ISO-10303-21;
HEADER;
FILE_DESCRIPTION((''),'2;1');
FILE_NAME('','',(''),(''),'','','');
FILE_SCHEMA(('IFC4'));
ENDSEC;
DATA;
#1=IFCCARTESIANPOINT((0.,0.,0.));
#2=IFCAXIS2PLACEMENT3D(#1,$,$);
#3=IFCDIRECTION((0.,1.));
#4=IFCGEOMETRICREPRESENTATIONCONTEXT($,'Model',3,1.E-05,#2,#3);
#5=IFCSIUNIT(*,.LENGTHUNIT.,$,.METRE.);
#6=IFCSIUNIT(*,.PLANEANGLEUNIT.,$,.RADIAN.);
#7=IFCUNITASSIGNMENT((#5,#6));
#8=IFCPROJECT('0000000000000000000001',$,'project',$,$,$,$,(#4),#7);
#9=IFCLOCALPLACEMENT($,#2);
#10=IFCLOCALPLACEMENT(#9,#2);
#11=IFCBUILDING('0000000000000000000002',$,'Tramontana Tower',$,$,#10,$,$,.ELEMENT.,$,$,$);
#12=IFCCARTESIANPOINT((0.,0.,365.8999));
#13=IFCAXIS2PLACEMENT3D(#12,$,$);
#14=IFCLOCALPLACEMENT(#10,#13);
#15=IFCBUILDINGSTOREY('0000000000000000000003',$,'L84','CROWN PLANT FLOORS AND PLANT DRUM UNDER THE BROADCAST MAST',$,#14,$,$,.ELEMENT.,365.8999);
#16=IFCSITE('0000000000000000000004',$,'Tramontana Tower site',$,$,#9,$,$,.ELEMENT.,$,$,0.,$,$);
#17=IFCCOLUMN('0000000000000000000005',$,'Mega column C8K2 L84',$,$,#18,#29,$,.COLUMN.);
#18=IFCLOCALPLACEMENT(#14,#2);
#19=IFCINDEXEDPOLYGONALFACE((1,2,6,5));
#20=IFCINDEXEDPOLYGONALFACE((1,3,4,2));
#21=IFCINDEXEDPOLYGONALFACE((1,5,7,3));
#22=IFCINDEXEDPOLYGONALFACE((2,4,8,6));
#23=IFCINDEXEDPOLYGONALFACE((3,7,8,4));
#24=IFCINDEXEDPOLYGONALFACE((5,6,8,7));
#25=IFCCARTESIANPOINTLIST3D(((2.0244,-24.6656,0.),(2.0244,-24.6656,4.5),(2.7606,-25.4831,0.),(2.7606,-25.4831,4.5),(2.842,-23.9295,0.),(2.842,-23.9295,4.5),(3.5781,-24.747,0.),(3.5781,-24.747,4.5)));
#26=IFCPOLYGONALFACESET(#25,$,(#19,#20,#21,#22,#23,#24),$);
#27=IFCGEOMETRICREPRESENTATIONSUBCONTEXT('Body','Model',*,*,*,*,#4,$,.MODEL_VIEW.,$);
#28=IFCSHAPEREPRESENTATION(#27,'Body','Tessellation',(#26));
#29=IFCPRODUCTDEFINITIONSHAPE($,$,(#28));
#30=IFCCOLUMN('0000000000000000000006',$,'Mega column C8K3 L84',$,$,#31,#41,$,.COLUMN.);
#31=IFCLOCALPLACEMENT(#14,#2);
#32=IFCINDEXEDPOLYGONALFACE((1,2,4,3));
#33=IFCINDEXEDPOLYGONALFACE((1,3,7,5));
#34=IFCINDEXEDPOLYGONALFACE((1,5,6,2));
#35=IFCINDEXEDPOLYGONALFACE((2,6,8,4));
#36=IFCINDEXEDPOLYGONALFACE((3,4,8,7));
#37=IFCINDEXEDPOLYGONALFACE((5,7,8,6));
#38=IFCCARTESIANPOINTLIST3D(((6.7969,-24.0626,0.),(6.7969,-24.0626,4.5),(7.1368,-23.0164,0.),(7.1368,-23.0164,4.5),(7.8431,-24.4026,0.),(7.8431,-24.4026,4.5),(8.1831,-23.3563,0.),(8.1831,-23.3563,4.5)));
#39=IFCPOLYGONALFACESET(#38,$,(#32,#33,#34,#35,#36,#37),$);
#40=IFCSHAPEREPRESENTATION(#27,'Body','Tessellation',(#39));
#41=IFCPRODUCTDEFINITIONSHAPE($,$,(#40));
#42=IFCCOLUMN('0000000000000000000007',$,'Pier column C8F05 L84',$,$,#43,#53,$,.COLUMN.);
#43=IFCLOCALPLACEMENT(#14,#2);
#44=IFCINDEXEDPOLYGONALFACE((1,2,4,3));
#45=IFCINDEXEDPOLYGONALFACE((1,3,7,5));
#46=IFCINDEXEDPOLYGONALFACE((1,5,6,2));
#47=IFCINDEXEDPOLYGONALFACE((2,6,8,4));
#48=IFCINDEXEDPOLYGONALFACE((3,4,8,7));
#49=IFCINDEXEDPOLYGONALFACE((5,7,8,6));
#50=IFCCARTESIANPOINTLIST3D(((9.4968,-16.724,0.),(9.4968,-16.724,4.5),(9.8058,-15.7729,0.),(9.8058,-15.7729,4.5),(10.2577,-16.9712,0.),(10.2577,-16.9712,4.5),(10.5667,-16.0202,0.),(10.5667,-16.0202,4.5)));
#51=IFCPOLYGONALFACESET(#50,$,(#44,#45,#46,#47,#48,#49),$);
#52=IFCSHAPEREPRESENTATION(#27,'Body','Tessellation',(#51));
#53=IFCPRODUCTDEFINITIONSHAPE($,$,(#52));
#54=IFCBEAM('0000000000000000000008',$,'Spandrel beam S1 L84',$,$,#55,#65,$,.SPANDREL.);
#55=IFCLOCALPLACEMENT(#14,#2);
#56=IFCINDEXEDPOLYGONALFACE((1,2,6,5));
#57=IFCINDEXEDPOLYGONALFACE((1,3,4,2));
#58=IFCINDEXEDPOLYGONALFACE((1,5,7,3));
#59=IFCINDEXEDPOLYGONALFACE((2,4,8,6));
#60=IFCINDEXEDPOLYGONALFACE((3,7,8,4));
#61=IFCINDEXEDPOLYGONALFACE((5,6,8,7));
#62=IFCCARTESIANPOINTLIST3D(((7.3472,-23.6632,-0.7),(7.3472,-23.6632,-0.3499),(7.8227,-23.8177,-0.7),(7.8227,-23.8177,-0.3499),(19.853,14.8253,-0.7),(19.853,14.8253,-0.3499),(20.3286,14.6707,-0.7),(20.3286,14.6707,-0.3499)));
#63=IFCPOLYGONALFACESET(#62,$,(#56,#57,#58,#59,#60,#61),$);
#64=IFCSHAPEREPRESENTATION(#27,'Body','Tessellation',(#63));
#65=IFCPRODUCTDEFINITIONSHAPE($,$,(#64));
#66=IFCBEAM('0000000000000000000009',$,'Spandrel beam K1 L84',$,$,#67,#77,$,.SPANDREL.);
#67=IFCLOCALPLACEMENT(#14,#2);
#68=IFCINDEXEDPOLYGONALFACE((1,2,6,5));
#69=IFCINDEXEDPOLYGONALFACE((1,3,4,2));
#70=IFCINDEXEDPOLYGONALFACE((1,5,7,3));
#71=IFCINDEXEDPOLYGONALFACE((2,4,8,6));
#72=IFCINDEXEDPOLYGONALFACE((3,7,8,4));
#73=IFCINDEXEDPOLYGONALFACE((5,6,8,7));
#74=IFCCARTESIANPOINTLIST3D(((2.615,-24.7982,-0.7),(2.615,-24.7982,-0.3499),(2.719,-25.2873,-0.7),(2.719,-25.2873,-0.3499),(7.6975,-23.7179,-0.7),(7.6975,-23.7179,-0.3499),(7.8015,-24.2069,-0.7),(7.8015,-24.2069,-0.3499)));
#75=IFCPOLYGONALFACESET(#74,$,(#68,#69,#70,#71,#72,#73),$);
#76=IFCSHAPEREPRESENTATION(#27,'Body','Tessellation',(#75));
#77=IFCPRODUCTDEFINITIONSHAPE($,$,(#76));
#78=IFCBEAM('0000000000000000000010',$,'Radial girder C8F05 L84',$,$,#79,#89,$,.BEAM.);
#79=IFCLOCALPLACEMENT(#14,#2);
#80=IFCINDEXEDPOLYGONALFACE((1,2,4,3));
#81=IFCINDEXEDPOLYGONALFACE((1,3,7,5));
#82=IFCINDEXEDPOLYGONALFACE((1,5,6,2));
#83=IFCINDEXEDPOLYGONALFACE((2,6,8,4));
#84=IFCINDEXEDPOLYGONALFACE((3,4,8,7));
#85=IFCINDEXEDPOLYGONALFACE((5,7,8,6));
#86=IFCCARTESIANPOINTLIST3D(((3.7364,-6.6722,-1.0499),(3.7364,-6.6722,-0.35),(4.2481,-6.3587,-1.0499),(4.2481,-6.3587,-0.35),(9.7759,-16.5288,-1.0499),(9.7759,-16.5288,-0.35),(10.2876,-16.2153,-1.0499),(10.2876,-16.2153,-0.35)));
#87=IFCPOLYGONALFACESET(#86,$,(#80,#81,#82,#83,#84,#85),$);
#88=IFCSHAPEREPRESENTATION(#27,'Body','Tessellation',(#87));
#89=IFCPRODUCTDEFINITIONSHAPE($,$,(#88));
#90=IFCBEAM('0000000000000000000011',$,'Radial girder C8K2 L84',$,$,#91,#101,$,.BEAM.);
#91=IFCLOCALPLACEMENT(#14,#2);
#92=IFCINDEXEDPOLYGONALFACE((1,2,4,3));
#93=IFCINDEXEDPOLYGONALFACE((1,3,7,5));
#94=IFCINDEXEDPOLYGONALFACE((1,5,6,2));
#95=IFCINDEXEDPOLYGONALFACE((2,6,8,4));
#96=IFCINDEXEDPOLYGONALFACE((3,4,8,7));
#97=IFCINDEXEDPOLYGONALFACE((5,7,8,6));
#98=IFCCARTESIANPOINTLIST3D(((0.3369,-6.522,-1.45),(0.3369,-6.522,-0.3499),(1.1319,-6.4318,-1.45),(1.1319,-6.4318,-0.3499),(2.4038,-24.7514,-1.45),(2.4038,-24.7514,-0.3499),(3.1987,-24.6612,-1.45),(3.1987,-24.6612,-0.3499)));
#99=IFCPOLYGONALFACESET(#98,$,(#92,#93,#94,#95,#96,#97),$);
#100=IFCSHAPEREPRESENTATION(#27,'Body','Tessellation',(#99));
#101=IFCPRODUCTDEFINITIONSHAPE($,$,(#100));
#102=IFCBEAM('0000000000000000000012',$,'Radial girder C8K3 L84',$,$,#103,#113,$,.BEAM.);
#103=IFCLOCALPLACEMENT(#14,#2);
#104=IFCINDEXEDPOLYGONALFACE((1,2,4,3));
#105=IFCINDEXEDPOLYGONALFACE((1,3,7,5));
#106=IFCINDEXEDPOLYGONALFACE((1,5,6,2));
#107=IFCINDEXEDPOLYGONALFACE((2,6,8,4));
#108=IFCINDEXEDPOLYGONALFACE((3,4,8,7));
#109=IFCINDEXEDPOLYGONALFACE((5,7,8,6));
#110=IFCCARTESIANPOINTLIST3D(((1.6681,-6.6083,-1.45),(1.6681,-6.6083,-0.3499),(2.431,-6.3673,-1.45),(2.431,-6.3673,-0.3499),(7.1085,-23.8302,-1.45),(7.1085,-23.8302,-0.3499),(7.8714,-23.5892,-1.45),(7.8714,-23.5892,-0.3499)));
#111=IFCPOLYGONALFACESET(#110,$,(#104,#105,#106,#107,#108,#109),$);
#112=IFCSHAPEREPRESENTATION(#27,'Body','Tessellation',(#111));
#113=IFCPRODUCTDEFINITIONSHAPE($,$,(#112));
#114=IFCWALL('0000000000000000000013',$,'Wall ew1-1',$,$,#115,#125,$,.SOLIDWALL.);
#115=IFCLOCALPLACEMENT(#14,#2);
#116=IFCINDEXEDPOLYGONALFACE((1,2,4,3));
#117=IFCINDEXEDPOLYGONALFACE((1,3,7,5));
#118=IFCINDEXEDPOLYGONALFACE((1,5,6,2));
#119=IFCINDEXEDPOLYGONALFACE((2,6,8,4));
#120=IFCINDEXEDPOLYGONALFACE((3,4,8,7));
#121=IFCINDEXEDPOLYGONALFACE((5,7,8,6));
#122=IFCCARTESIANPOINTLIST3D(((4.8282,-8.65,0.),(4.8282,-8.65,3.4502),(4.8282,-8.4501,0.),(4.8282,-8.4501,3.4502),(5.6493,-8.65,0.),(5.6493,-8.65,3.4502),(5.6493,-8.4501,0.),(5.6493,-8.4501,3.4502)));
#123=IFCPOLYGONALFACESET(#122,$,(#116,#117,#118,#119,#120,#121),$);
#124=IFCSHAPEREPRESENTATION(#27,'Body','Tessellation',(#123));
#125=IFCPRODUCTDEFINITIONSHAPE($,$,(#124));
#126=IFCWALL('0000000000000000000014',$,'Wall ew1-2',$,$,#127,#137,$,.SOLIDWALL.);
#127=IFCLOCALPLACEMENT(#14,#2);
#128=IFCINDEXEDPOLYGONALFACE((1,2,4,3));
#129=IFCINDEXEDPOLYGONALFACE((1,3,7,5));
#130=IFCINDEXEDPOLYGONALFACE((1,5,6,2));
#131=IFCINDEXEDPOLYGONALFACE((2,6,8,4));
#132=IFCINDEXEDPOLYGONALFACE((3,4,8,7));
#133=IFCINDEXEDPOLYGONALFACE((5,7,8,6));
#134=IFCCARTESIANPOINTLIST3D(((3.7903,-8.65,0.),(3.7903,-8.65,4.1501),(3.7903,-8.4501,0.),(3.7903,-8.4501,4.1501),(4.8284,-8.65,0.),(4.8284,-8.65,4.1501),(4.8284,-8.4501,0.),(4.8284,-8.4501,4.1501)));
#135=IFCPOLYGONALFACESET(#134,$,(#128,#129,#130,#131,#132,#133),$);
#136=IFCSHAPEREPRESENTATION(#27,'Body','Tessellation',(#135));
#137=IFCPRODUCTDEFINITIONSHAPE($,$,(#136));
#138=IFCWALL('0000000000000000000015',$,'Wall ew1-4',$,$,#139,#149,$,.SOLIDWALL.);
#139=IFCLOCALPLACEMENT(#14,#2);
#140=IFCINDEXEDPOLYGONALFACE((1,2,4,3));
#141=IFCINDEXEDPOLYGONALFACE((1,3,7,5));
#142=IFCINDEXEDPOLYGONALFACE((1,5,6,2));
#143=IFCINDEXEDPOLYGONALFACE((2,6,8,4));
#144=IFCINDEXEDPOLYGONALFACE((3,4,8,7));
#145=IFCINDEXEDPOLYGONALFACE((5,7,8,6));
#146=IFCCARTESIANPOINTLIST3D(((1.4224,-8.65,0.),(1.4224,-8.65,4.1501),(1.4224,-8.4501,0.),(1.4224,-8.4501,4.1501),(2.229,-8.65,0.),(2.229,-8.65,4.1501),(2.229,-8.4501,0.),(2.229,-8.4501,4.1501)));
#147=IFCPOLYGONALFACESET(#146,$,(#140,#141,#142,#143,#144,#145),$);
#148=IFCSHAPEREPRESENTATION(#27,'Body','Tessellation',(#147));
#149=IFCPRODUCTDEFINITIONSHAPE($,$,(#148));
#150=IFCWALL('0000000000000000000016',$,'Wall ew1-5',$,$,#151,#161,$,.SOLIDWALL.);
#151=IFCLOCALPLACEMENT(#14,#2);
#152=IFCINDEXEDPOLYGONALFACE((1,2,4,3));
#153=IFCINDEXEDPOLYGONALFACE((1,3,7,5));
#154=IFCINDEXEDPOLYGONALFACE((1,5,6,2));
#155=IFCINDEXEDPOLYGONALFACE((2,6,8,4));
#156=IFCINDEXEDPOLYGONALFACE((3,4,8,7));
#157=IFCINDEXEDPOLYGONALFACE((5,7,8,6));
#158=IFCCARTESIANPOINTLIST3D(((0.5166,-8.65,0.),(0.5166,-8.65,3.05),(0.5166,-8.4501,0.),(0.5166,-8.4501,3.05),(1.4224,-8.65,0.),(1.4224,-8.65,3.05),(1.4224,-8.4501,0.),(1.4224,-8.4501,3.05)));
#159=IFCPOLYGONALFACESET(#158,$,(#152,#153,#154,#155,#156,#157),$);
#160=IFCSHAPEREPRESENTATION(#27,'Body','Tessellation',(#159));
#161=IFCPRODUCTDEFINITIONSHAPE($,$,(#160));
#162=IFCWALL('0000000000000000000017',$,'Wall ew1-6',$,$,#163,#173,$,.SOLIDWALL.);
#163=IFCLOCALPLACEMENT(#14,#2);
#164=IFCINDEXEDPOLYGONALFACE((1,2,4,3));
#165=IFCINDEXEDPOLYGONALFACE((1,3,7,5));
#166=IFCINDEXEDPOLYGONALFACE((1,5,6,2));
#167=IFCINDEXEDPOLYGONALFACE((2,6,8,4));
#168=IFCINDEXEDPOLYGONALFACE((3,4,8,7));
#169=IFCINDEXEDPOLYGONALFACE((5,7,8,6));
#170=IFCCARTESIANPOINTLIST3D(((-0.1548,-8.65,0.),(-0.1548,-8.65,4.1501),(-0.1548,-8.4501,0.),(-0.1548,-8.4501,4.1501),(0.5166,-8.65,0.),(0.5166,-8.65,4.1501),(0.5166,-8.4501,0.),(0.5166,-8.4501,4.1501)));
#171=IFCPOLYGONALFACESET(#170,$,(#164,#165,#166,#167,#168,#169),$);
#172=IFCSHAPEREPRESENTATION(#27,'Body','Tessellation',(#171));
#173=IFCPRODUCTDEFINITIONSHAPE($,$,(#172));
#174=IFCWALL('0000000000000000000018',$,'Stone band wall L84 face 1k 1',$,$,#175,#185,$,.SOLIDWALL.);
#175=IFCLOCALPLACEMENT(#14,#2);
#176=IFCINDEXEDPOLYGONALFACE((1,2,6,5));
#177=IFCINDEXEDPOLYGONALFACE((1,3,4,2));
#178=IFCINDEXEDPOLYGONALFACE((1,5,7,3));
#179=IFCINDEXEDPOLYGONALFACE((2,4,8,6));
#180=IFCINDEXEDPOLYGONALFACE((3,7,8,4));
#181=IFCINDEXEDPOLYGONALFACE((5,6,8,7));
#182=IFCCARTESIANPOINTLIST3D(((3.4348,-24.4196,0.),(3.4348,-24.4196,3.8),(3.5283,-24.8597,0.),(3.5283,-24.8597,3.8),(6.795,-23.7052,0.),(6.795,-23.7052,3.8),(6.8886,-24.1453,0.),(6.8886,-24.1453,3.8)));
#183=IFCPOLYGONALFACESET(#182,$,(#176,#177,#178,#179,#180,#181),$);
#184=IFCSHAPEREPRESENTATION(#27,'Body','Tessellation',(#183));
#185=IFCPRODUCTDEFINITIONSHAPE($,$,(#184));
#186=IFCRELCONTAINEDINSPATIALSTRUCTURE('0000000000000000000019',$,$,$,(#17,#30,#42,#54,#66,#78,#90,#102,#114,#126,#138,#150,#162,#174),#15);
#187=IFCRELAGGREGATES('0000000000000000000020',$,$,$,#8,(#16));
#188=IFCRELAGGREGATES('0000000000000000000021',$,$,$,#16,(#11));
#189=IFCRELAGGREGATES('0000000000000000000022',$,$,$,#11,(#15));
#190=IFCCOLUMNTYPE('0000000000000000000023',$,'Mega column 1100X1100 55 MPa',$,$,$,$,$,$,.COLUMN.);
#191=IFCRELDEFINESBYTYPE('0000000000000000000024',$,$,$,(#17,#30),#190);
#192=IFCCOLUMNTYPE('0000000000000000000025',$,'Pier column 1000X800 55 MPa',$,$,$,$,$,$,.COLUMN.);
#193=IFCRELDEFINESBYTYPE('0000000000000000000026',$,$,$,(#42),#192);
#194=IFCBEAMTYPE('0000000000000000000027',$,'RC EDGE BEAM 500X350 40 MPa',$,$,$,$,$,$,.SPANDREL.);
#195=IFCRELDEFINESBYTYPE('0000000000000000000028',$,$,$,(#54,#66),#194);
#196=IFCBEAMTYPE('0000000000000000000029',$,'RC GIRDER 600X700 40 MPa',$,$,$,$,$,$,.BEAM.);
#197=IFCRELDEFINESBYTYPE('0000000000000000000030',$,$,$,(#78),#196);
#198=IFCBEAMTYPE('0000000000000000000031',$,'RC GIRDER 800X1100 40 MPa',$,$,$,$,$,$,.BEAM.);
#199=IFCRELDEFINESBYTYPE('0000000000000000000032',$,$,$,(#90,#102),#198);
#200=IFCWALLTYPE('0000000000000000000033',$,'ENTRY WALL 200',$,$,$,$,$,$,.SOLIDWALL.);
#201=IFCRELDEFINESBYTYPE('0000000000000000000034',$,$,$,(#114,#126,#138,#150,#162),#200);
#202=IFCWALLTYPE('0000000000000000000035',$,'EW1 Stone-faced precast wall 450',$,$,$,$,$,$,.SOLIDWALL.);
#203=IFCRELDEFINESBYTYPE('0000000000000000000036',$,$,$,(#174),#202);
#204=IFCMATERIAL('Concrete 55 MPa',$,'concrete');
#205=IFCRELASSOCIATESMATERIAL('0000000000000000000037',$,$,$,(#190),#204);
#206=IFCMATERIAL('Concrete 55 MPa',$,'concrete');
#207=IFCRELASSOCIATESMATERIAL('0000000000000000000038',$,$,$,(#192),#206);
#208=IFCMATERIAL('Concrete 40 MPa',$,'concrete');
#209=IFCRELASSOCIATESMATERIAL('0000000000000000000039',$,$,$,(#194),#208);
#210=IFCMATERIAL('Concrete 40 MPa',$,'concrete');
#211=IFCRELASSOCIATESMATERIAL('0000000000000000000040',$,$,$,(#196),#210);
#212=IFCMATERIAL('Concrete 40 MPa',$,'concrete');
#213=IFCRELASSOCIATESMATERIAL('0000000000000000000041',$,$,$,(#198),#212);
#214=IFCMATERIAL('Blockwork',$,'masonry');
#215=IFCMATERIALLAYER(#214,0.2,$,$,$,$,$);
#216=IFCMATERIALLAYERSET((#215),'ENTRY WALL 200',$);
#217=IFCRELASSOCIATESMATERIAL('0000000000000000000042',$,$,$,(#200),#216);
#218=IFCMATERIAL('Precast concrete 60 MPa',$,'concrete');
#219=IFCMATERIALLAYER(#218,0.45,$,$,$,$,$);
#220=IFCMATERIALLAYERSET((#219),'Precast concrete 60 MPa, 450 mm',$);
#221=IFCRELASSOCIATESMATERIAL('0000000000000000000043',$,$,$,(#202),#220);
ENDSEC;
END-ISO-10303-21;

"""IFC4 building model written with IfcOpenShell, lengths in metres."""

from ifc_helpers import new_model, si_unit, direction, frame, frame_2d, origin, origin_2d, place, context, subcontext, project, spatial, rectangle, extrude, material, layer, layer_set, material_profile, profile_set, type_object, element, save


model = new_model("IFC4")

# Units and contexts
model_context = context("Model", 3, precision=1e-05, world=origin(), true_north=direction((0.0, 1.0)))
body_context = subcontext(model_context, "Body", "Model", "MODEL_VIEW")
ifc_project = project(units=[si_unit("LENGTHUNIT", "METRE"), si_unit("PLANEANGLEUNIT", "RADIAN")], contexts=[model_context])

# Site, building, storey
site_placement = place(None, origin())
site = spatial("IfcSite", under=ifc_project, at=site_placement, Name="Tramontana Tower site", CompositionType="ELEMENT", RefElevation=0.0)
building_placement = place(site_placement, origin())
building = spatial("IfcBuilding", under=site, at=building_placement, Name="Tramontana Tower", CompositionType="ELEMENT")
storey_placement = place(building_placement, frame((0.0, 0.0, 365.8999)))
storey = spatial("IfcBuildingStorey", under=building, at=storey_placement, Name="L84", Description="CROWN PLANT FLOORS AND PLANT DRUM UNDER THE BROADCAST MAST", CompositionType="ELEMENT", Elevation=365.8999)

# Columns
ifc_material_1 = material(Name="Concrete 55 MPa", Category="concrete")
ifc_material_profile_1 = material_profile(ifc_material_1, rectangle(XDim=1.1001, YDim=1.1001, at=origin_2d()), Name="Mega column 1100X1100 55 MPa")
ifc_profile_set_1 = profile_set([ifc_material_profile_1], Name="Concrete 55 MPa")
column_type_1 = type_object("IfcColumnType", Name="Mega column 1100X1100 55 MPa", PredefinedType="COLUMN", material=ifc_profile_set_1)
for number, where, z_axis, x_axis, name in (
    (1, (2.8013, -24.7063, 0.0), (0.0, 0.0, 1.0), (0.669131, -0.743145, 0.0), "Mega column C8K2 L84"),
    (2, (7.49, -23.7095, 0.0), (0.0, 0.0, 1.0), (0.309017, 0.951057, 0.0), "Mega column C8K3 L84"),
):
    element("IfcColumn", number, at=place(storey_placement, frame(where, z_axis=z_axis, x_axis=x_axis)), inside=storey, type_object=column_type_1, Name=name, PredefinedType="COLUMN", context=body_context, shape_type="SweptSolid", body=[
        extrude(rectangle(XDim=1.1001, YDim=1.1001, at=origin_2d()), origin(), (0.0, 0.0, 1.0), 4.5),
    ])
ifc_material_2 = material(Name="Concrete 55 MPa", Category="concrete")
ifc_material_profile_2 = material_profile(ifc_material_2, rectangle(XDim=1.0, YDim=0.8, at=origin_2d()), Name="Pier column 1000X800 55 MPa")
ifc_profile_set_2 = profile_set([ifc_material_profile_2], Name="Concrete 55 MPa")
column_type_2 = type_object("IfcColumnType", Name="Pier column 1000X800 55 MPa", PredefinedType="COLUMN", material=ifc_profile_set_2)
column_placement = place(storey_placement, frame((10.0317, -16.3721, 0.0), z_axis=(0.0, 0.0, 1.0), x_axis=(0.309017, 0.951057, 0.0)))
element("IfcColumn", 3, at=column_placement, inside=storey, type_object=column_type_2, Name="Pier column C8F05 L84", PredefinedType="COLUMN", context=body_context, shape_type="SweptSolid", body=[
    extrude(rectangle(XDim=1.0, YDim=0.8, at=origin_2d()), origin(), (0.0, 0.0, 1.0), 4.5),
])

# Beams
ifc_material_3 = material(Name="Concrete 40 MPa", Category="concrete")
ifc_material_profile_3 = material_profile(ifc_material_3, rectangle(XDim=0.5, YDim=0.3501, at=origin_2d()), Name="RC EDGE BEAM 500X350 40 MPa")
ifc_profile_set_3 = profile_set([ifc_material_profile_3], Name="Concrete 40 MPa")
beam_type_1 = type_object("IfcBeamType", Name="RC EDGE BEAM 500X350 40 MPa", PredefinedType="SPANDREL", material=ifc_profile_set_3)
beam_1_placement = place(storey_placement, frame((7.585, -23.7405, -0.5249), z_axis=(0.309021, 0.951055, 0.0), x_axis=(-0.951055, 0.309021, 0.0)))
element("IfcBeam", 4, at=beam_1_placement, inside=storey, type_object=beam_type_1, Name="Spandrel beam S1 L84", PredefinedType="SPANDREL", context=body_context, shape_type="SweptSolid", body=[
    extrude(rectangle(XDim=0.5, YDim=0.3501, at=origin_2d()), origin(), (0.0, 0.0, 1.0), 40.4692),
])
beam_2_placement = place(storey_placement, frame((2.667, -25.0427, -0.5249), z_axis=(0.978148, 0.207912, 0.0), x_axis=(-0.207912, 0.978148, 0.0)))
element("IfcBeam", 5, at=beam_2_placement, inside=storey, type_object=beam_type_1, Name="Spandrel beam K1 L84", PredefinedType="SPANDREL", context=body_context, shape_type="SweptSolid", body=[
    extrude(rectangle(XDim=0.5, YDim=0.3501, at=origin_2d()), origin(), (0.0, 0.0, 1.0), 5.196),
])
ifc_material_4 = material(Name="Concrete 40 MPa", Category="concrete")
ifc_material_profile_4 = material_profile(ifc_material_4, rectangle(XDim=0.6001, YDim=0.7, at=origin_2d()), Name="RC GIRDER 600X700 40 MPa")
ifc_profile_set_4 = profile_set([ifc_material_profile_4], Name="Concrete 40 MPa")
beam_type_2 = type_object("IfcBeamType", Name="RC GIRDER 600X700 40 MPa", PredefinedType="BEAM", material=ifc_profile_set_4)
beam_3_placement = place(storey_placement, frame((10.0317, -16.3721, -0.7), z_axis=(-0.522459, 0.852665, 0.0), x_axis=(-0.852665, -0.522459, 0.0)))
element("IfcBeam", 6, at=beam_3_placement, inside=storey, type_object=beam_type_2, Name="Radial girder C8F05 L84", PredefinedType="BEAM", context=body_context, shape_type="SweptSolid", body=[
    extrude(rectangle(XDim=0.6001, YDim=0.7, at=origin_2d()), origin(), (0.0, 0.0, 1.0), 11.5598),
])
ifc_material_5 = material(Name="Concrete 40 MPa", Category="concrete")
ifc_material_profile_5 = material_profile(ifc_material_5, rectangle(XDim=0.8, YDim=1.1001, at=origin_2d()), Name="RC GIRDER 800X1100 40 MPa")
ifc_profile_set_5 = profile_set([ifc_material_profile_5], Name="Concrete 40 MPa")
beam_type_3 = type_object("IfcBeamType", Name="RC GIRDER 800X1100 40 MPa", PredefinedType="BEAM", material=ifc_profile_set_5)
beam_4_placement = place(storey_placement, frame((2.8013, -24.7063, -0.8999), z_axis=(-0.11266, 0.993634, 0.0), x_axis=(-0.993634, -0.11266, 0.0)))
element("IfcBeam", 7, at=beam_4_placement, inside=storey, type_object=beam_type_3, Name="Radial girder C8K2 L84", PredefinedType="BEAM", context=body_context, shape_type="SweptSolid", body=[
    extrude(rectangle(XDim=0.8, YDim=1.1001, at=origin_2d()), origin(), (0.0, 0.0, 1.0), 18.3462),
])
beam_5_placement = place(storey_placement, frame((7.49, -23.7097, -0.8999), z_axis=(-0.301228, 0.953552, 0.0), x_axis=(-0.953552, -0.301228, 0.0)))
element("IfcBeam", 8, at=beam_5_placement, inside=storey, type_object=beam_type_3, Name="Radial girder C8K3 L84", PredefinedType="BEAM", context=body_context, shape_type="SweptSolid", body=[
    extrude(rectangle(XDim=0.8, YDim=1.1001, at=origin_2d()), origin(), (0.0, 0.0, 1.0), 18.0608),
])

# Walls
ifc_material_6 = material(Name="Blockwork", Category="masonry")
ifc_layer_1 = layer(ifc_material_6, 0.2)
ifc_layer_set_1 = layer_set([ifc_layer_1], Name="ENTRY WALL 200")
wall_type_1 = type_object("IfcWallType", Name="ENTRY WALL 200", PredefinedType="SOLIDWALL", material=ifc_layer_set_1)
wall_1_placement = place(storey_placement, frame((5.6494, -8.55, 0.0), z_axis=(0.0, 0.0, 1.0), x_axis=(-1.0, 0.0, 0.0)))
element("IfcWall", 9, at=wall_1_placement, inside=storey, type_object=wall_type_1, Name="Wall ew1-1", PredefinedType="SOLIDWALL", context=body_context, shape_type="SweptSolid", body=[
    extrude(rectangle(XDim=0.821, YDim=0.2, at=frame_2d((0.4106, 0.0))), origin(), (0.0, 0.0, 1.0), 3.4502),
])
wall_2_placement = place(storey_placement, frame((4.8284, -8.55, 0.0), z_axis=(0.0, 0.0, 1.0), x_axis=(-1.0, 0.0, 0.0)))
element("IfcWall", 10, at=wall_2_placement, inside=storey, type_object=wall_type_1, Name="Wall ew1-2", PredefinedType="SOLIDWALL", context=body_context, shape_type="SweptSolid", body=[
    extrude(rectangle(XDim=1.0381, YDim=0.2, at=frame_2d((0.519, 0.0))), origin(), (0.0, 0.0, 1.0), 4.1501),
])

# Walls
wall_3_placement = place(storey_placement, frame((2.229, -8.55, 0.0), z_axis=(0.0, 0.0, 1.0), x_axis=(-1.0, 0.0, 0.0)))
element("IfcWall", 11, at=wall_3_placement, inside=storey, type_object=wall_type_1, Name="Wall ew1-4", PredefinedType="SOLIDWALL", context=body_context, shape_type="SweptSolid", body=[
    extrude(rectangle(XDim=0.8066, YDim=0.2, at=frame_2d((0.4033, 0.0))), origin(), (0.0, 0.0, 1.0), 4.1501),
])
wall_4_placement = place(storey_placement, frame((1.4224, -8.55, 0.0), z_axis=(0.0, 0.0, 1.0), x_axis=(-1.0, 0.0, 0.0)))
element("IfcWall", 12, at=wall_4_placement, inside=storey, type_object=wall_type_1, Name="Wall ew1-5", PredefinedType="SOLIDWALL", context=body_context, shape_type="SweptSolid", body=[
    extrude(rectangle(XDim=0.9058, YDim=0.2, at=frame_2d((0.4529, 0.0))), origin(), (0.0, 0.0, 1.0), 3.05),
])
wall_5_placement = place(storey_placement, frame((0.5166, -8.55, 0.0), z_axis=(0.0, 0.0, 1.0), x_axis=(-1.0, 0.0, 0.0)))
element("IfcWall", 13, at=wall_5_placement, inside=storey, type_object=wall_type_1, Name="Wall ew1-6", PredefinedType="SOLIDWALL", context=body_context, shape_type="SweptSolid", body=[
    extrude(rectangle(XDim=0.6714, YDim=0.2, at=frame_2d((0.3357, 0.0))), origin(), (0.0, 0.0, 1.0), 4.1501),
])
ifc_material_7 = material(Name="Precast concrete 60 MPa", Category="concrete")
ifc_layer_2 = layer(ifc_material_7, 0.45)
ifc_layer_set_2 = layer_set([ifc_layer_2], Name="Precast concrete 60 MPa, 450 mm")
wall_type_2 = type_object("IfcWallType", Name="EW1 Stone-faced precast wall 450", PredefinedType="SOLIDWALL", material=ifc_layer_set_2)
wall_6_placement = place(storey_placement, frame((3.4814, -24.6396, 0.0), z_axis=(0.0, 0.0, 1.0), x_axis=(0.978139, 0.207951, 0.0)))
element("IfcWall", 14, at=wall_6_placement, inside=storey, type_object=wall_type_2, Name="Stone band wall L84 face 1k 1", PredefinedType="SOLIDWALL", context=body_context, shape_type="SweptSolid", body=[
    extrude(rectangle(XDim=3.4353, YDim=0.45, at=frame_2d((1.7178, 0.0))), origin(), (0.0, 0.0, 1.0), 3.8),
])

save(model, "model.ifc")
